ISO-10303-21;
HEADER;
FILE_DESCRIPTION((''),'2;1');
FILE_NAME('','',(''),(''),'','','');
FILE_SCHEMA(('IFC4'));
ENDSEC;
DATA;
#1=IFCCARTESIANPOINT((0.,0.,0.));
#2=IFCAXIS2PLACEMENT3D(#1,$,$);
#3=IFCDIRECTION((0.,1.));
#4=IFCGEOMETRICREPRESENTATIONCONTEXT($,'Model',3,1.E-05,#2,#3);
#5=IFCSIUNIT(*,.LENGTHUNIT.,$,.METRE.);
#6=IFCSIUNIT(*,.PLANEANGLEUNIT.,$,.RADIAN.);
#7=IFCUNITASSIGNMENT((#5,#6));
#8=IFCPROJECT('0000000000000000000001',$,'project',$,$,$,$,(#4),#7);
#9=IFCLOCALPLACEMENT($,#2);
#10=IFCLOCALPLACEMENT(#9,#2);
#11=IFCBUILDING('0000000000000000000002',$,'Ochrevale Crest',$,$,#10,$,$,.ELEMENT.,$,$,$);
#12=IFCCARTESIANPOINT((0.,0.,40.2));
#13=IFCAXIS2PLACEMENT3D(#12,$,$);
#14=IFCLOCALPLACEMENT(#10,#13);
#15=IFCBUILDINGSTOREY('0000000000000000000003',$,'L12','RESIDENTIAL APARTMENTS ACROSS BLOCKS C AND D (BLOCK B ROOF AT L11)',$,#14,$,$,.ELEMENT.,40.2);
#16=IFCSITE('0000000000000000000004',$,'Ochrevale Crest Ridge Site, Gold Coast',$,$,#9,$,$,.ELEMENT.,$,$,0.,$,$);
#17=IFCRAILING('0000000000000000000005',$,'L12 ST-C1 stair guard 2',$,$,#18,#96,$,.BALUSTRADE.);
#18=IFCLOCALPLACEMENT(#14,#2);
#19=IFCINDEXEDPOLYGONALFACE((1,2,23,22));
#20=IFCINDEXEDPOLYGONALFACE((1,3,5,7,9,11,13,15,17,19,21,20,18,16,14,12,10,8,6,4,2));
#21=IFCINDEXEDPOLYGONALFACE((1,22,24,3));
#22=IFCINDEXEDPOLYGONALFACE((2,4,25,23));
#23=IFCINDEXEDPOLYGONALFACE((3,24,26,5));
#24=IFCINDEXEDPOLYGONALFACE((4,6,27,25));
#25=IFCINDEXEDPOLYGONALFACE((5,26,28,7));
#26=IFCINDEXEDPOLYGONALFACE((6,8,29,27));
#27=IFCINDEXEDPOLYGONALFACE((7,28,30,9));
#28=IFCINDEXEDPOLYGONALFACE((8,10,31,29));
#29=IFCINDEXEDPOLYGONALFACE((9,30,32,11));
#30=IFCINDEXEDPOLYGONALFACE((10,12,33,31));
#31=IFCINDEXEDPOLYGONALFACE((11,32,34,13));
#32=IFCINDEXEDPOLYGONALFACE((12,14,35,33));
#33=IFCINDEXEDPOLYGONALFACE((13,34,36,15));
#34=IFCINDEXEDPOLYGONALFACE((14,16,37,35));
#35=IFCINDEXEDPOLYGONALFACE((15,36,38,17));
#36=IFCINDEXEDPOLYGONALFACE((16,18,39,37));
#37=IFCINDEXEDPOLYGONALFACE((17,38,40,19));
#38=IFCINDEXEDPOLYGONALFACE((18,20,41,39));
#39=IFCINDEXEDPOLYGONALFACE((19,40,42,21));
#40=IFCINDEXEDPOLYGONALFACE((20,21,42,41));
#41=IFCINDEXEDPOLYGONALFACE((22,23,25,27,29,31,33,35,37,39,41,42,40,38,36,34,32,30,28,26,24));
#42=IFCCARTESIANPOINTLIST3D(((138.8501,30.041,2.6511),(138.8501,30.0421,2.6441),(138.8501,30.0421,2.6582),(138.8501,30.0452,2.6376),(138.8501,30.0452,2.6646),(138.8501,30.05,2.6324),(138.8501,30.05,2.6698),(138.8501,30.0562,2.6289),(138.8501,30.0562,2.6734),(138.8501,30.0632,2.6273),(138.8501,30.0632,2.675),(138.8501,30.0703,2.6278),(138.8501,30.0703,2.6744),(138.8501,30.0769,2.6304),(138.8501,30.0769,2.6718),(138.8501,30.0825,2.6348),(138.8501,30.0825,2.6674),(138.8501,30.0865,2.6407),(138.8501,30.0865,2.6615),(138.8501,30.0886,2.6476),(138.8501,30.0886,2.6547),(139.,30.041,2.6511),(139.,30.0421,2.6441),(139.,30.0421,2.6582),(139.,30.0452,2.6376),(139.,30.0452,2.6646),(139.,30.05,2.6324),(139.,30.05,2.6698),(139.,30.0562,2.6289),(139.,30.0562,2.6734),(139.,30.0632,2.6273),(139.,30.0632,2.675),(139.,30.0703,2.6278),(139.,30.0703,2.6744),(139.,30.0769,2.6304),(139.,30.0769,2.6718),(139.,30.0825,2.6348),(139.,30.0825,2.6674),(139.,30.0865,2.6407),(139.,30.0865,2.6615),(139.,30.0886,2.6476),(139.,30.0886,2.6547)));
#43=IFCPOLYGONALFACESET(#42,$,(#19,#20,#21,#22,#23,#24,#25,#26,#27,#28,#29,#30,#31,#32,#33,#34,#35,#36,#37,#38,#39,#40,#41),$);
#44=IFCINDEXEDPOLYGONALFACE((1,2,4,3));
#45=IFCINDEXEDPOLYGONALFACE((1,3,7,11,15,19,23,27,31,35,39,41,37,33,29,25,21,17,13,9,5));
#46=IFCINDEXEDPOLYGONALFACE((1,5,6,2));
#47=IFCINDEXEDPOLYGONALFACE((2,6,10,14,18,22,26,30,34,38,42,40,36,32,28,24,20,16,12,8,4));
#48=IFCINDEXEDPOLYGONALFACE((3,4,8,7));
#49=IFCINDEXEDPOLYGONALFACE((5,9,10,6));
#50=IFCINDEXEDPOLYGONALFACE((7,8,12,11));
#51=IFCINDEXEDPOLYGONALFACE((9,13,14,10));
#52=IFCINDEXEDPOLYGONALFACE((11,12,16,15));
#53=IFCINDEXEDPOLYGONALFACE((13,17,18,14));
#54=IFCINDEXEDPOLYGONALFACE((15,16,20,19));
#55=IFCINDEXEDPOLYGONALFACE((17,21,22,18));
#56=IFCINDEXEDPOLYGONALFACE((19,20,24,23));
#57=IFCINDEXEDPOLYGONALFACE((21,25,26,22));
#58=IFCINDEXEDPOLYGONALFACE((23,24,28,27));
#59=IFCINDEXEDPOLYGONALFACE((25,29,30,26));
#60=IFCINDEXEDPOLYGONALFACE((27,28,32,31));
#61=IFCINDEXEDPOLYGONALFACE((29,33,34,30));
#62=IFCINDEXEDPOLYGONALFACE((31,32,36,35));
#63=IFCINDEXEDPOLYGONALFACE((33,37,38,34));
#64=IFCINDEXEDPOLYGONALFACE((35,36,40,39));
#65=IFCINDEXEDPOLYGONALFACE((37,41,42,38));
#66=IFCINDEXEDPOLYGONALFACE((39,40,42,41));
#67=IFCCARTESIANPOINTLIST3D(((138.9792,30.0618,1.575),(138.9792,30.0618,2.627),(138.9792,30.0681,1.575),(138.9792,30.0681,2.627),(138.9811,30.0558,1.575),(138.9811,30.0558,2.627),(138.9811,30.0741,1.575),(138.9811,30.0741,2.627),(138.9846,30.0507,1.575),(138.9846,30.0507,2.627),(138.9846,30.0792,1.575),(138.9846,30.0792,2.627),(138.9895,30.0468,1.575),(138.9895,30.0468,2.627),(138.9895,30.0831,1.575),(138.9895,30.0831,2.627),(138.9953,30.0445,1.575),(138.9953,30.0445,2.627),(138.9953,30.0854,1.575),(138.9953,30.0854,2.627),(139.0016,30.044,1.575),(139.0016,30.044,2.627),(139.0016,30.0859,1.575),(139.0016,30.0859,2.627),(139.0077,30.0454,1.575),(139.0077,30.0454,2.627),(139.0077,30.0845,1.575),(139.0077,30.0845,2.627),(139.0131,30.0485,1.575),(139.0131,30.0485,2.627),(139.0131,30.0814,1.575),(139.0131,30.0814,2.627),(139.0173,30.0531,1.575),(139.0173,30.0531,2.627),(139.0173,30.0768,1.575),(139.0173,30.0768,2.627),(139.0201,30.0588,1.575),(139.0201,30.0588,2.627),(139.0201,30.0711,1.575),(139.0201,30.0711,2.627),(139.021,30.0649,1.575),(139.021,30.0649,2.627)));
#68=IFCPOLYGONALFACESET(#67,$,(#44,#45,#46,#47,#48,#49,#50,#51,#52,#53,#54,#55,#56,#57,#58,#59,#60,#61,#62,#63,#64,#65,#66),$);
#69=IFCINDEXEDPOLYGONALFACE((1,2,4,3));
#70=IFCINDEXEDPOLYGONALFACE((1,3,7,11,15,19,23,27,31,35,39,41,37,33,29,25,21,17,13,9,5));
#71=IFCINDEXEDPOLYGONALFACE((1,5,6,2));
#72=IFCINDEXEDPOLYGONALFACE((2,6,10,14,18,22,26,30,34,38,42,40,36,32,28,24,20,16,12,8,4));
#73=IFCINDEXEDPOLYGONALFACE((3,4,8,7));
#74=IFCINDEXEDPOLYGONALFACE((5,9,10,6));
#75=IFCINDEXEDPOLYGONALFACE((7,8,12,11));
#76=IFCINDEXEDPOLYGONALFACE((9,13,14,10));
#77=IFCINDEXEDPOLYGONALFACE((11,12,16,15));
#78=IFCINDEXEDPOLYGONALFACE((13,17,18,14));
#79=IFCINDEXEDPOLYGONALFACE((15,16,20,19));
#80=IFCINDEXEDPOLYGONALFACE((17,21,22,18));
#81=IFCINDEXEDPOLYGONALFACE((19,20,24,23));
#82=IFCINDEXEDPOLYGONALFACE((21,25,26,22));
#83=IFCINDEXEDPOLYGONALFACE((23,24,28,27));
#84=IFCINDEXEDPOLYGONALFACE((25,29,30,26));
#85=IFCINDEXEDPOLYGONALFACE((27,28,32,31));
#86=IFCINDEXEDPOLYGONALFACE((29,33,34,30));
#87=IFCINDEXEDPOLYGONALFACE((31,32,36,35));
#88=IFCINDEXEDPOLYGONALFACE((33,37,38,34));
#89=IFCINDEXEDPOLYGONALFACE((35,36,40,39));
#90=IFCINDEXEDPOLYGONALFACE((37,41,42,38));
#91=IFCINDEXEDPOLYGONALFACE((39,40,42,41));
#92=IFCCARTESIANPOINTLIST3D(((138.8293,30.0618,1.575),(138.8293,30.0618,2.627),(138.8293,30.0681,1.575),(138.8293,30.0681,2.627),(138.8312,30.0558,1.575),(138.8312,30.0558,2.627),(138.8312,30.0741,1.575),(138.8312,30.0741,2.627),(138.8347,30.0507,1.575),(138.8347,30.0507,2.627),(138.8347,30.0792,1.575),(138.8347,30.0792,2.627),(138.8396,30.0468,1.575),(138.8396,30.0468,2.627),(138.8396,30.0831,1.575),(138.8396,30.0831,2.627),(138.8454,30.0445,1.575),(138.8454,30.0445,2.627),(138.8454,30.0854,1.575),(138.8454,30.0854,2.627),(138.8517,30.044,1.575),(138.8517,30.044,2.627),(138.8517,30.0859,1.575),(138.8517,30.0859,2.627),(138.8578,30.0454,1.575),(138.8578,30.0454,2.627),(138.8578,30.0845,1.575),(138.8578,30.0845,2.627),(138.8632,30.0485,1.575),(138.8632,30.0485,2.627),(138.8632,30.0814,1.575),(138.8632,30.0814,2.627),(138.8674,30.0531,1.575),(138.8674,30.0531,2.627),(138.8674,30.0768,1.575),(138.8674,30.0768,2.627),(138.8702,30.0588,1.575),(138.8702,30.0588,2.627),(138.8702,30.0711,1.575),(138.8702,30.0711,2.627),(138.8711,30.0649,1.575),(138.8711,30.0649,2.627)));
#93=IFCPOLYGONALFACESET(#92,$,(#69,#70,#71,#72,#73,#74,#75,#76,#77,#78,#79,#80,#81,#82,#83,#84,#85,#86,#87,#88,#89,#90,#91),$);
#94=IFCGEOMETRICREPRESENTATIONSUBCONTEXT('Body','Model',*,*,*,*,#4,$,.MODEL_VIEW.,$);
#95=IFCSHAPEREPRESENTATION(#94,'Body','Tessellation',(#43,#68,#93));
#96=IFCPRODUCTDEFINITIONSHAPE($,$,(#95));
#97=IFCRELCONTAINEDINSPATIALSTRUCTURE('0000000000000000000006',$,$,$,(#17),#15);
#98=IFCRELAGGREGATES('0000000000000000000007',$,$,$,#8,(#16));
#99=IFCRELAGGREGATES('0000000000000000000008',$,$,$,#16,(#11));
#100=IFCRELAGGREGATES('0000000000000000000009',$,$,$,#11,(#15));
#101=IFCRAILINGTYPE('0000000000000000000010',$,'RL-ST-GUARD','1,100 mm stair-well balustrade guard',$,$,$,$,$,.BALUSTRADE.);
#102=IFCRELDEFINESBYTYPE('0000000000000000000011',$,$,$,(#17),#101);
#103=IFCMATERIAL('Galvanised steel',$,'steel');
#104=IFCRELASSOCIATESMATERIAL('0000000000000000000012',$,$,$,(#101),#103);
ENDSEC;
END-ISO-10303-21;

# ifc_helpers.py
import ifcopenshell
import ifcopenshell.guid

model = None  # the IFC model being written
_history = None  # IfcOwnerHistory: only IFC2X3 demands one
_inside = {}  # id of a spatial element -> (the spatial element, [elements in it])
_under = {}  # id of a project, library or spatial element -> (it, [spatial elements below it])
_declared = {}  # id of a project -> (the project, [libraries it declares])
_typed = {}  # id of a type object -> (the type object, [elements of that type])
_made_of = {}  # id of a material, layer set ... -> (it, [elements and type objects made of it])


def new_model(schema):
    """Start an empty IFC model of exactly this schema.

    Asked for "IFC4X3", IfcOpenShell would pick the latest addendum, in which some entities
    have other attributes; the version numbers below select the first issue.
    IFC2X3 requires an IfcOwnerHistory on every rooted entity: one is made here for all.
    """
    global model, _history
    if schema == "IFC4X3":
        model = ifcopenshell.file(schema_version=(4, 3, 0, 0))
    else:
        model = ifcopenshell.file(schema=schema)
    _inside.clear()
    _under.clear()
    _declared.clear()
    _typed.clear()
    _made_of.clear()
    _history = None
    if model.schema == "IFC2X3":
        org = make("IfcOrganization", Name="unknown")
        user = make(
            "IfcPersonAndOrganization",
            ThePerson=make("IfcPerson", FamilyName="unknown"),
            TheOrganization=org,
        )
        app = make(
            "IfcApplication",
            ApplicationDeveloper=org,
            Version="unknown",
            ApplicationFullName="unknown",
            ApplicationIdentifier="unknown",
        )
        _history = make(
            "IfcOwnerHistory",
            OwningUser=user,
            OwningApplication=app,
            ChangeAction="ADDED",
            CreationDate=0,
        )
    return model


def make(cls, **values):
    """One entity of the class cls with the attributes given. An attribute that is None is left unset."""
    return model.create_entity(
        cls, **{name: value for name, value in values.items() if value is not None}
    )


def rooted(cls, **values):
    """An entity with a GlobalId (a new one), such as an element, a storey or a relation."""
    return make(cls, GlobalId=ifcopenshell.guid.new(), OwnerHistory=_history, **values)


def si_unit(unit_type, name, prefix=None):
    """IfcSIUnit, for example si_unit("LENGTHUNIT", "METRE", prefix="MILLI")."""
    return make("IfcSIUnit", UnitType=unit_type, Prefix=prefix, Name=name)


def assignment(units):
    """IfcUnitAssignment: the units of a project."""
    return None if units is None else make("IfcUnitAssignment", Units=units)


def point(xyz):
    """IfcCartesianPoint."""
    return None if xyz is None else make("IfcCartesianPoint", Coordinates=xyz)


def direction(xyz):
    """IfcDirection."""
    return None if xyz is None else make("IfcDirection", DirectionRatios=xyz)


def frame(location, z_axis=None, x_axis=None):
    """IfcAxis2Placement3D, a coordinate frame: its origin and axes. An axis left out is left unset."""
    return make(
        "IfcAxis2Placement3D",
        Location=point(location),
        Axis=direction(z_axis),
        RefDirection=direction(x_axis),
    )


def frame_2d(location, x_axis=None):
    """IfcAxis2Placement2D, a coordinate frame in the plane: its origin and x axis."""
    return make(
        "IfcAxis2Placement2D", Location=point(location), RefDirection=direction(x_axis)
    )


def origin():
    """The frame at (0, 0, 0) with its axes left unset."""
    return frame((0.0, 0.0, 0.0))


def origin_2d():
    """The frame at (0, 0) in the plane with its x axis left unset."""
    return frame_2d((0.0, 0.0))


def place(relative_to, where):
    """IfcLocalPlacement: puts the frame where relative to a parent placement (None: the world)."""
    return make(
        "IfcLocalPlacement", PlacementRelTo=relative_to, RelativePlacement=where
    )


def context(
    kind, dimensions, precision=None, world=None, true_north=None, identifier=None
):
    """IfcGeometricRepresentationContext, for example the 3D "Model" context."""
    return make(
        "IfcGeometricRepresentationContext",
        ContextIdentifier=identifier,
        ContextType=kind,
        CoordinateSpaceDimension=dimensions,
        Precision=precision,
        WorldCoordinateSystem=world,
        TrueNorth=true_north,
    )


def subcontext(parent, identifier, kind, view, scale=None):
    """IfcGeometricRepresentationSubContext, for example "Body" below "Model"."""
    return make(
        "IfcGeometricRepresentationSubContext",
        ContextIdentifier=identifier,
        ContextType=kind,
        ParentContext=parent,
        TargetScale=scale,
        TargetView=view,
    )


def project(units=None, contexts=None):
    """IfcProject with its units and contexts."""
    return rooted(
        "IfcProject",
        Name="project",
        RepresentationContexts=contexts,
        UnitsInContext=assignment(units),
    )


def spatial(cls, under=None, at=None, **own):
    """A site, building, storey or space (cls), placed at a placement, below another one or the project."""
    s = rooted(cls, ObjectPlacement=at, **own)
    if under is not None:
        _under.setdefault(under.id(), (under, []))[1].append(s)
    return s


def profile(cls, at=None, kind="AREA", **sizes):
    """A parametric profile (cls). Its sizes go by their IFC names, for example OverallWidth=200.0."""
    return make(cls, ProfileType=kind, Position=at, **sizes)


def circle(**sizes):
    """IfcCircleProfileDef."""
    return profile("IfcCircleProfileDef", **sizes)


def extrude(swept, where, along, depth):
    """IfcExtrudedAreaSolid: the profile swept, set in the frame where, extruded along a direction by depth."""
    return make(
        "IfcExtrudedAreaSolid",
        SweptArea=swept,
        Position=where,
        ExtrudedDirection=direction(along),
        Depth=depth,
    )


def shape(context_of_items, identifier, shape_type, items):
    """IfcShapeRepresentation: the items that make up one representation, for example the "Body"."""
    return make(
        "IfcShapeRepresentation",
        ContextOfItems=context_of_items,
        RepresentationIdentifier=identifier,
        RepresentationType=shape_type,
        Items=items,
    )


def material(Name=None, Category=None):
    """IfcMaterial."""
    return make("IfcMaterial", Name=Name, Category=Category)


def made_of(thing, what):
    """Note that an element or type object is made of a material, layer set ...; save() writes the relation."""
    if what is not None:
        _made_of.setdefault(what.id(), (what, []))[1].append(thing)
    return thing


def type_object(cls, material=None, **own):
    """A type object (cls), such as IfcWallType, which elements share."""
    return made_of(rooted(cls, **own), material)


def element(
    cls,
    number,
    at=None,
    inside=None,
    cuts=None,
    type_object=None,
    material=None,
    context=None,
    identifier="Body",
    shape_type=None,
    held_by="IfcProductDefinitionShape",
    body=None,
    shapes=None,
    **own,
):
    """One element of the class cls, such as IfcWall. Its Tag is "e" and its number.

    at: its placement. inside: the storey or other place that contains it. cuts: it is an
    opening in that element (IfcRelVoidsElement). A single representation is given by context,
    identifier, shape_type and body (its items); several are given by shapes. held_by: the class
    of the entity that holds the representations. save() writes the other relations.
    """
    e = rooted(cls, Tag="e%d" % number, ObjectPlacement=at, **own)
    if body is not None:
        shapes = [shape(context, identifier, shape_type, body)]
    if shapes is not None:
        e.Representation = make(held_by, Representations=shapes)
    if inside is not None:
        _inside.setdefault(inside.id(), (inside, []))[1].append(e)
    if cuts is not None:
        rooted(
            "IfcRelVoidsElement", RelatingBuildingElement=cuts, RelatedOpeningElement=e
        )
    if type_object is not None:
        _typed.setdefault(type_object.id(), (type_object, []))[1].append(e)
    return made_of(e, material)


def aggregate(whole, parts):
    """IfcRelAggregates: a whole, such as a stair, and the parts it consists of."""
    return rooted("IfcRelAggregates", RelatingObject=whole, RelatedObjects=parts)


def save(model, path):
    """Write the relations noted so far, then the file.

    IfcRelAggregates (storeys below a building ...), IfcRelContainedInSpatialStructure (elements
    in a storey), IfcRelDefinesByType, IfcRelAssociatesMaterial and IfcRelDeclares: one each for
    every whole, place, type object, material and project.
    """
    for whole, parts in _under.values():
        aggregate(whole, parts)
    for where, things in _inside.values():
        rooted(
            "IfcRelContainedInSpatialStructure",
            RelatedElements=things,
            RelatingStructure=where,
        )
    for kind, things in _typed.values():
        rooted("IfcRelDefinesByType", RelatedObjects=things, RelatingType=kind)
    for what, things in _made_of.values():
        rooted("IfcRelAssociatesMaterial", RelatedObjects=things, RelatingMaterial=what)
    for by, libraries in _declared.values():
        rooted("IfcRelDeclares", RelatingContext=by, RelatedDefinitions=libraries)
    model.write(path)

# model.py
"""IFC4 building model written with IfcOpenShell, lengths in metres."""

from ifc_helpers import new_model, si_unit, direction, frame, origin, origin_2d, place, context, subcontext, project, spatial, circle, extrude, material, type_object, element, save


model = new_model("IFC4")

# Units and contexts
model_context = context("Model", 3, precision=1e-05, world=origin(), true_north=direction((0.0, 1.0)))
body_context = subcontext(model_context, "Body", "Model", "MODEL_VIEW")
ifc_project = project(units=[si_unit("LENGTHUNIT", "METRE"), si_unit("PLANEANGLEUNIT", "RADIAN")], contexts=[model_context])

# Site, building, storey
site_placement = place(None, origin())
site = spatial("IfcSite", under=ifc_project, at=site_placement, Name="Ochrevale Crest Ridge Site, Gold Coast", CompositionType="ELEMENT", RefElevation=0.0)
building_placement = place(site_placement, origin())
building = spatial("IfcBuilding", under=site, at=building_placement, Name="Ochrevale Crest", CompositionType="ELEMENT")
storey_placement = place(building_placement, frame((0.0, 0.0, 40.2)))
storey = spatial("IfcBuildingStorey", under=building, at=storey_placement, Name="L12", Description="RESIDENTIAL APARTMENTS ACROSS BLOCKS C AND D (BLOCK B ROOF AT L11)", CompositionType="ELEMENT", Elevation=40.2)

# Railing
ifc_material_1 = material(Name="Galvanised steel", Category="steel")
railing_type_1 = type_object("IfcRailingType", Name="RL-ST-GUARD", Description="1,100 mm stair-well balustrade guard", PredefinedType="BALUSTRADE", material=ifc_material_1)
railing_1_placement = place(storey_placement, frame((139.0, 30.0649, 1.575)))
element("IfcRailing", 1, at=railing_1_placement, inside=storey, type_object=railing_type_1, Name="L12 ST-C1 stair guard 2", PredefinedType="BALUSTRADE", context=body_context, shape_type="SweptSolid", body=[
    extrude(circle(Radius=0.0239, at=origin_2d()), frame((0.0, 0.0, 1.0762), z_axis=(-1.0, 0.0, 0.0), x_axis=(0.0, -1.0, 0.0)), (0.0, 0.0, 1.0), 0.1499),
    extrude(circle(Radius=0.021, at=origin_2d()), origin(), (0.0, 0.0, 1.0), 1.052),
    extrude(circle(Radius=0.021, at=origin_2d()), frame((-0.1499, 0.0, 0.0)), (0.0, 0.0, 1.0), 1.052),
])

save(model, "model.ifc")
